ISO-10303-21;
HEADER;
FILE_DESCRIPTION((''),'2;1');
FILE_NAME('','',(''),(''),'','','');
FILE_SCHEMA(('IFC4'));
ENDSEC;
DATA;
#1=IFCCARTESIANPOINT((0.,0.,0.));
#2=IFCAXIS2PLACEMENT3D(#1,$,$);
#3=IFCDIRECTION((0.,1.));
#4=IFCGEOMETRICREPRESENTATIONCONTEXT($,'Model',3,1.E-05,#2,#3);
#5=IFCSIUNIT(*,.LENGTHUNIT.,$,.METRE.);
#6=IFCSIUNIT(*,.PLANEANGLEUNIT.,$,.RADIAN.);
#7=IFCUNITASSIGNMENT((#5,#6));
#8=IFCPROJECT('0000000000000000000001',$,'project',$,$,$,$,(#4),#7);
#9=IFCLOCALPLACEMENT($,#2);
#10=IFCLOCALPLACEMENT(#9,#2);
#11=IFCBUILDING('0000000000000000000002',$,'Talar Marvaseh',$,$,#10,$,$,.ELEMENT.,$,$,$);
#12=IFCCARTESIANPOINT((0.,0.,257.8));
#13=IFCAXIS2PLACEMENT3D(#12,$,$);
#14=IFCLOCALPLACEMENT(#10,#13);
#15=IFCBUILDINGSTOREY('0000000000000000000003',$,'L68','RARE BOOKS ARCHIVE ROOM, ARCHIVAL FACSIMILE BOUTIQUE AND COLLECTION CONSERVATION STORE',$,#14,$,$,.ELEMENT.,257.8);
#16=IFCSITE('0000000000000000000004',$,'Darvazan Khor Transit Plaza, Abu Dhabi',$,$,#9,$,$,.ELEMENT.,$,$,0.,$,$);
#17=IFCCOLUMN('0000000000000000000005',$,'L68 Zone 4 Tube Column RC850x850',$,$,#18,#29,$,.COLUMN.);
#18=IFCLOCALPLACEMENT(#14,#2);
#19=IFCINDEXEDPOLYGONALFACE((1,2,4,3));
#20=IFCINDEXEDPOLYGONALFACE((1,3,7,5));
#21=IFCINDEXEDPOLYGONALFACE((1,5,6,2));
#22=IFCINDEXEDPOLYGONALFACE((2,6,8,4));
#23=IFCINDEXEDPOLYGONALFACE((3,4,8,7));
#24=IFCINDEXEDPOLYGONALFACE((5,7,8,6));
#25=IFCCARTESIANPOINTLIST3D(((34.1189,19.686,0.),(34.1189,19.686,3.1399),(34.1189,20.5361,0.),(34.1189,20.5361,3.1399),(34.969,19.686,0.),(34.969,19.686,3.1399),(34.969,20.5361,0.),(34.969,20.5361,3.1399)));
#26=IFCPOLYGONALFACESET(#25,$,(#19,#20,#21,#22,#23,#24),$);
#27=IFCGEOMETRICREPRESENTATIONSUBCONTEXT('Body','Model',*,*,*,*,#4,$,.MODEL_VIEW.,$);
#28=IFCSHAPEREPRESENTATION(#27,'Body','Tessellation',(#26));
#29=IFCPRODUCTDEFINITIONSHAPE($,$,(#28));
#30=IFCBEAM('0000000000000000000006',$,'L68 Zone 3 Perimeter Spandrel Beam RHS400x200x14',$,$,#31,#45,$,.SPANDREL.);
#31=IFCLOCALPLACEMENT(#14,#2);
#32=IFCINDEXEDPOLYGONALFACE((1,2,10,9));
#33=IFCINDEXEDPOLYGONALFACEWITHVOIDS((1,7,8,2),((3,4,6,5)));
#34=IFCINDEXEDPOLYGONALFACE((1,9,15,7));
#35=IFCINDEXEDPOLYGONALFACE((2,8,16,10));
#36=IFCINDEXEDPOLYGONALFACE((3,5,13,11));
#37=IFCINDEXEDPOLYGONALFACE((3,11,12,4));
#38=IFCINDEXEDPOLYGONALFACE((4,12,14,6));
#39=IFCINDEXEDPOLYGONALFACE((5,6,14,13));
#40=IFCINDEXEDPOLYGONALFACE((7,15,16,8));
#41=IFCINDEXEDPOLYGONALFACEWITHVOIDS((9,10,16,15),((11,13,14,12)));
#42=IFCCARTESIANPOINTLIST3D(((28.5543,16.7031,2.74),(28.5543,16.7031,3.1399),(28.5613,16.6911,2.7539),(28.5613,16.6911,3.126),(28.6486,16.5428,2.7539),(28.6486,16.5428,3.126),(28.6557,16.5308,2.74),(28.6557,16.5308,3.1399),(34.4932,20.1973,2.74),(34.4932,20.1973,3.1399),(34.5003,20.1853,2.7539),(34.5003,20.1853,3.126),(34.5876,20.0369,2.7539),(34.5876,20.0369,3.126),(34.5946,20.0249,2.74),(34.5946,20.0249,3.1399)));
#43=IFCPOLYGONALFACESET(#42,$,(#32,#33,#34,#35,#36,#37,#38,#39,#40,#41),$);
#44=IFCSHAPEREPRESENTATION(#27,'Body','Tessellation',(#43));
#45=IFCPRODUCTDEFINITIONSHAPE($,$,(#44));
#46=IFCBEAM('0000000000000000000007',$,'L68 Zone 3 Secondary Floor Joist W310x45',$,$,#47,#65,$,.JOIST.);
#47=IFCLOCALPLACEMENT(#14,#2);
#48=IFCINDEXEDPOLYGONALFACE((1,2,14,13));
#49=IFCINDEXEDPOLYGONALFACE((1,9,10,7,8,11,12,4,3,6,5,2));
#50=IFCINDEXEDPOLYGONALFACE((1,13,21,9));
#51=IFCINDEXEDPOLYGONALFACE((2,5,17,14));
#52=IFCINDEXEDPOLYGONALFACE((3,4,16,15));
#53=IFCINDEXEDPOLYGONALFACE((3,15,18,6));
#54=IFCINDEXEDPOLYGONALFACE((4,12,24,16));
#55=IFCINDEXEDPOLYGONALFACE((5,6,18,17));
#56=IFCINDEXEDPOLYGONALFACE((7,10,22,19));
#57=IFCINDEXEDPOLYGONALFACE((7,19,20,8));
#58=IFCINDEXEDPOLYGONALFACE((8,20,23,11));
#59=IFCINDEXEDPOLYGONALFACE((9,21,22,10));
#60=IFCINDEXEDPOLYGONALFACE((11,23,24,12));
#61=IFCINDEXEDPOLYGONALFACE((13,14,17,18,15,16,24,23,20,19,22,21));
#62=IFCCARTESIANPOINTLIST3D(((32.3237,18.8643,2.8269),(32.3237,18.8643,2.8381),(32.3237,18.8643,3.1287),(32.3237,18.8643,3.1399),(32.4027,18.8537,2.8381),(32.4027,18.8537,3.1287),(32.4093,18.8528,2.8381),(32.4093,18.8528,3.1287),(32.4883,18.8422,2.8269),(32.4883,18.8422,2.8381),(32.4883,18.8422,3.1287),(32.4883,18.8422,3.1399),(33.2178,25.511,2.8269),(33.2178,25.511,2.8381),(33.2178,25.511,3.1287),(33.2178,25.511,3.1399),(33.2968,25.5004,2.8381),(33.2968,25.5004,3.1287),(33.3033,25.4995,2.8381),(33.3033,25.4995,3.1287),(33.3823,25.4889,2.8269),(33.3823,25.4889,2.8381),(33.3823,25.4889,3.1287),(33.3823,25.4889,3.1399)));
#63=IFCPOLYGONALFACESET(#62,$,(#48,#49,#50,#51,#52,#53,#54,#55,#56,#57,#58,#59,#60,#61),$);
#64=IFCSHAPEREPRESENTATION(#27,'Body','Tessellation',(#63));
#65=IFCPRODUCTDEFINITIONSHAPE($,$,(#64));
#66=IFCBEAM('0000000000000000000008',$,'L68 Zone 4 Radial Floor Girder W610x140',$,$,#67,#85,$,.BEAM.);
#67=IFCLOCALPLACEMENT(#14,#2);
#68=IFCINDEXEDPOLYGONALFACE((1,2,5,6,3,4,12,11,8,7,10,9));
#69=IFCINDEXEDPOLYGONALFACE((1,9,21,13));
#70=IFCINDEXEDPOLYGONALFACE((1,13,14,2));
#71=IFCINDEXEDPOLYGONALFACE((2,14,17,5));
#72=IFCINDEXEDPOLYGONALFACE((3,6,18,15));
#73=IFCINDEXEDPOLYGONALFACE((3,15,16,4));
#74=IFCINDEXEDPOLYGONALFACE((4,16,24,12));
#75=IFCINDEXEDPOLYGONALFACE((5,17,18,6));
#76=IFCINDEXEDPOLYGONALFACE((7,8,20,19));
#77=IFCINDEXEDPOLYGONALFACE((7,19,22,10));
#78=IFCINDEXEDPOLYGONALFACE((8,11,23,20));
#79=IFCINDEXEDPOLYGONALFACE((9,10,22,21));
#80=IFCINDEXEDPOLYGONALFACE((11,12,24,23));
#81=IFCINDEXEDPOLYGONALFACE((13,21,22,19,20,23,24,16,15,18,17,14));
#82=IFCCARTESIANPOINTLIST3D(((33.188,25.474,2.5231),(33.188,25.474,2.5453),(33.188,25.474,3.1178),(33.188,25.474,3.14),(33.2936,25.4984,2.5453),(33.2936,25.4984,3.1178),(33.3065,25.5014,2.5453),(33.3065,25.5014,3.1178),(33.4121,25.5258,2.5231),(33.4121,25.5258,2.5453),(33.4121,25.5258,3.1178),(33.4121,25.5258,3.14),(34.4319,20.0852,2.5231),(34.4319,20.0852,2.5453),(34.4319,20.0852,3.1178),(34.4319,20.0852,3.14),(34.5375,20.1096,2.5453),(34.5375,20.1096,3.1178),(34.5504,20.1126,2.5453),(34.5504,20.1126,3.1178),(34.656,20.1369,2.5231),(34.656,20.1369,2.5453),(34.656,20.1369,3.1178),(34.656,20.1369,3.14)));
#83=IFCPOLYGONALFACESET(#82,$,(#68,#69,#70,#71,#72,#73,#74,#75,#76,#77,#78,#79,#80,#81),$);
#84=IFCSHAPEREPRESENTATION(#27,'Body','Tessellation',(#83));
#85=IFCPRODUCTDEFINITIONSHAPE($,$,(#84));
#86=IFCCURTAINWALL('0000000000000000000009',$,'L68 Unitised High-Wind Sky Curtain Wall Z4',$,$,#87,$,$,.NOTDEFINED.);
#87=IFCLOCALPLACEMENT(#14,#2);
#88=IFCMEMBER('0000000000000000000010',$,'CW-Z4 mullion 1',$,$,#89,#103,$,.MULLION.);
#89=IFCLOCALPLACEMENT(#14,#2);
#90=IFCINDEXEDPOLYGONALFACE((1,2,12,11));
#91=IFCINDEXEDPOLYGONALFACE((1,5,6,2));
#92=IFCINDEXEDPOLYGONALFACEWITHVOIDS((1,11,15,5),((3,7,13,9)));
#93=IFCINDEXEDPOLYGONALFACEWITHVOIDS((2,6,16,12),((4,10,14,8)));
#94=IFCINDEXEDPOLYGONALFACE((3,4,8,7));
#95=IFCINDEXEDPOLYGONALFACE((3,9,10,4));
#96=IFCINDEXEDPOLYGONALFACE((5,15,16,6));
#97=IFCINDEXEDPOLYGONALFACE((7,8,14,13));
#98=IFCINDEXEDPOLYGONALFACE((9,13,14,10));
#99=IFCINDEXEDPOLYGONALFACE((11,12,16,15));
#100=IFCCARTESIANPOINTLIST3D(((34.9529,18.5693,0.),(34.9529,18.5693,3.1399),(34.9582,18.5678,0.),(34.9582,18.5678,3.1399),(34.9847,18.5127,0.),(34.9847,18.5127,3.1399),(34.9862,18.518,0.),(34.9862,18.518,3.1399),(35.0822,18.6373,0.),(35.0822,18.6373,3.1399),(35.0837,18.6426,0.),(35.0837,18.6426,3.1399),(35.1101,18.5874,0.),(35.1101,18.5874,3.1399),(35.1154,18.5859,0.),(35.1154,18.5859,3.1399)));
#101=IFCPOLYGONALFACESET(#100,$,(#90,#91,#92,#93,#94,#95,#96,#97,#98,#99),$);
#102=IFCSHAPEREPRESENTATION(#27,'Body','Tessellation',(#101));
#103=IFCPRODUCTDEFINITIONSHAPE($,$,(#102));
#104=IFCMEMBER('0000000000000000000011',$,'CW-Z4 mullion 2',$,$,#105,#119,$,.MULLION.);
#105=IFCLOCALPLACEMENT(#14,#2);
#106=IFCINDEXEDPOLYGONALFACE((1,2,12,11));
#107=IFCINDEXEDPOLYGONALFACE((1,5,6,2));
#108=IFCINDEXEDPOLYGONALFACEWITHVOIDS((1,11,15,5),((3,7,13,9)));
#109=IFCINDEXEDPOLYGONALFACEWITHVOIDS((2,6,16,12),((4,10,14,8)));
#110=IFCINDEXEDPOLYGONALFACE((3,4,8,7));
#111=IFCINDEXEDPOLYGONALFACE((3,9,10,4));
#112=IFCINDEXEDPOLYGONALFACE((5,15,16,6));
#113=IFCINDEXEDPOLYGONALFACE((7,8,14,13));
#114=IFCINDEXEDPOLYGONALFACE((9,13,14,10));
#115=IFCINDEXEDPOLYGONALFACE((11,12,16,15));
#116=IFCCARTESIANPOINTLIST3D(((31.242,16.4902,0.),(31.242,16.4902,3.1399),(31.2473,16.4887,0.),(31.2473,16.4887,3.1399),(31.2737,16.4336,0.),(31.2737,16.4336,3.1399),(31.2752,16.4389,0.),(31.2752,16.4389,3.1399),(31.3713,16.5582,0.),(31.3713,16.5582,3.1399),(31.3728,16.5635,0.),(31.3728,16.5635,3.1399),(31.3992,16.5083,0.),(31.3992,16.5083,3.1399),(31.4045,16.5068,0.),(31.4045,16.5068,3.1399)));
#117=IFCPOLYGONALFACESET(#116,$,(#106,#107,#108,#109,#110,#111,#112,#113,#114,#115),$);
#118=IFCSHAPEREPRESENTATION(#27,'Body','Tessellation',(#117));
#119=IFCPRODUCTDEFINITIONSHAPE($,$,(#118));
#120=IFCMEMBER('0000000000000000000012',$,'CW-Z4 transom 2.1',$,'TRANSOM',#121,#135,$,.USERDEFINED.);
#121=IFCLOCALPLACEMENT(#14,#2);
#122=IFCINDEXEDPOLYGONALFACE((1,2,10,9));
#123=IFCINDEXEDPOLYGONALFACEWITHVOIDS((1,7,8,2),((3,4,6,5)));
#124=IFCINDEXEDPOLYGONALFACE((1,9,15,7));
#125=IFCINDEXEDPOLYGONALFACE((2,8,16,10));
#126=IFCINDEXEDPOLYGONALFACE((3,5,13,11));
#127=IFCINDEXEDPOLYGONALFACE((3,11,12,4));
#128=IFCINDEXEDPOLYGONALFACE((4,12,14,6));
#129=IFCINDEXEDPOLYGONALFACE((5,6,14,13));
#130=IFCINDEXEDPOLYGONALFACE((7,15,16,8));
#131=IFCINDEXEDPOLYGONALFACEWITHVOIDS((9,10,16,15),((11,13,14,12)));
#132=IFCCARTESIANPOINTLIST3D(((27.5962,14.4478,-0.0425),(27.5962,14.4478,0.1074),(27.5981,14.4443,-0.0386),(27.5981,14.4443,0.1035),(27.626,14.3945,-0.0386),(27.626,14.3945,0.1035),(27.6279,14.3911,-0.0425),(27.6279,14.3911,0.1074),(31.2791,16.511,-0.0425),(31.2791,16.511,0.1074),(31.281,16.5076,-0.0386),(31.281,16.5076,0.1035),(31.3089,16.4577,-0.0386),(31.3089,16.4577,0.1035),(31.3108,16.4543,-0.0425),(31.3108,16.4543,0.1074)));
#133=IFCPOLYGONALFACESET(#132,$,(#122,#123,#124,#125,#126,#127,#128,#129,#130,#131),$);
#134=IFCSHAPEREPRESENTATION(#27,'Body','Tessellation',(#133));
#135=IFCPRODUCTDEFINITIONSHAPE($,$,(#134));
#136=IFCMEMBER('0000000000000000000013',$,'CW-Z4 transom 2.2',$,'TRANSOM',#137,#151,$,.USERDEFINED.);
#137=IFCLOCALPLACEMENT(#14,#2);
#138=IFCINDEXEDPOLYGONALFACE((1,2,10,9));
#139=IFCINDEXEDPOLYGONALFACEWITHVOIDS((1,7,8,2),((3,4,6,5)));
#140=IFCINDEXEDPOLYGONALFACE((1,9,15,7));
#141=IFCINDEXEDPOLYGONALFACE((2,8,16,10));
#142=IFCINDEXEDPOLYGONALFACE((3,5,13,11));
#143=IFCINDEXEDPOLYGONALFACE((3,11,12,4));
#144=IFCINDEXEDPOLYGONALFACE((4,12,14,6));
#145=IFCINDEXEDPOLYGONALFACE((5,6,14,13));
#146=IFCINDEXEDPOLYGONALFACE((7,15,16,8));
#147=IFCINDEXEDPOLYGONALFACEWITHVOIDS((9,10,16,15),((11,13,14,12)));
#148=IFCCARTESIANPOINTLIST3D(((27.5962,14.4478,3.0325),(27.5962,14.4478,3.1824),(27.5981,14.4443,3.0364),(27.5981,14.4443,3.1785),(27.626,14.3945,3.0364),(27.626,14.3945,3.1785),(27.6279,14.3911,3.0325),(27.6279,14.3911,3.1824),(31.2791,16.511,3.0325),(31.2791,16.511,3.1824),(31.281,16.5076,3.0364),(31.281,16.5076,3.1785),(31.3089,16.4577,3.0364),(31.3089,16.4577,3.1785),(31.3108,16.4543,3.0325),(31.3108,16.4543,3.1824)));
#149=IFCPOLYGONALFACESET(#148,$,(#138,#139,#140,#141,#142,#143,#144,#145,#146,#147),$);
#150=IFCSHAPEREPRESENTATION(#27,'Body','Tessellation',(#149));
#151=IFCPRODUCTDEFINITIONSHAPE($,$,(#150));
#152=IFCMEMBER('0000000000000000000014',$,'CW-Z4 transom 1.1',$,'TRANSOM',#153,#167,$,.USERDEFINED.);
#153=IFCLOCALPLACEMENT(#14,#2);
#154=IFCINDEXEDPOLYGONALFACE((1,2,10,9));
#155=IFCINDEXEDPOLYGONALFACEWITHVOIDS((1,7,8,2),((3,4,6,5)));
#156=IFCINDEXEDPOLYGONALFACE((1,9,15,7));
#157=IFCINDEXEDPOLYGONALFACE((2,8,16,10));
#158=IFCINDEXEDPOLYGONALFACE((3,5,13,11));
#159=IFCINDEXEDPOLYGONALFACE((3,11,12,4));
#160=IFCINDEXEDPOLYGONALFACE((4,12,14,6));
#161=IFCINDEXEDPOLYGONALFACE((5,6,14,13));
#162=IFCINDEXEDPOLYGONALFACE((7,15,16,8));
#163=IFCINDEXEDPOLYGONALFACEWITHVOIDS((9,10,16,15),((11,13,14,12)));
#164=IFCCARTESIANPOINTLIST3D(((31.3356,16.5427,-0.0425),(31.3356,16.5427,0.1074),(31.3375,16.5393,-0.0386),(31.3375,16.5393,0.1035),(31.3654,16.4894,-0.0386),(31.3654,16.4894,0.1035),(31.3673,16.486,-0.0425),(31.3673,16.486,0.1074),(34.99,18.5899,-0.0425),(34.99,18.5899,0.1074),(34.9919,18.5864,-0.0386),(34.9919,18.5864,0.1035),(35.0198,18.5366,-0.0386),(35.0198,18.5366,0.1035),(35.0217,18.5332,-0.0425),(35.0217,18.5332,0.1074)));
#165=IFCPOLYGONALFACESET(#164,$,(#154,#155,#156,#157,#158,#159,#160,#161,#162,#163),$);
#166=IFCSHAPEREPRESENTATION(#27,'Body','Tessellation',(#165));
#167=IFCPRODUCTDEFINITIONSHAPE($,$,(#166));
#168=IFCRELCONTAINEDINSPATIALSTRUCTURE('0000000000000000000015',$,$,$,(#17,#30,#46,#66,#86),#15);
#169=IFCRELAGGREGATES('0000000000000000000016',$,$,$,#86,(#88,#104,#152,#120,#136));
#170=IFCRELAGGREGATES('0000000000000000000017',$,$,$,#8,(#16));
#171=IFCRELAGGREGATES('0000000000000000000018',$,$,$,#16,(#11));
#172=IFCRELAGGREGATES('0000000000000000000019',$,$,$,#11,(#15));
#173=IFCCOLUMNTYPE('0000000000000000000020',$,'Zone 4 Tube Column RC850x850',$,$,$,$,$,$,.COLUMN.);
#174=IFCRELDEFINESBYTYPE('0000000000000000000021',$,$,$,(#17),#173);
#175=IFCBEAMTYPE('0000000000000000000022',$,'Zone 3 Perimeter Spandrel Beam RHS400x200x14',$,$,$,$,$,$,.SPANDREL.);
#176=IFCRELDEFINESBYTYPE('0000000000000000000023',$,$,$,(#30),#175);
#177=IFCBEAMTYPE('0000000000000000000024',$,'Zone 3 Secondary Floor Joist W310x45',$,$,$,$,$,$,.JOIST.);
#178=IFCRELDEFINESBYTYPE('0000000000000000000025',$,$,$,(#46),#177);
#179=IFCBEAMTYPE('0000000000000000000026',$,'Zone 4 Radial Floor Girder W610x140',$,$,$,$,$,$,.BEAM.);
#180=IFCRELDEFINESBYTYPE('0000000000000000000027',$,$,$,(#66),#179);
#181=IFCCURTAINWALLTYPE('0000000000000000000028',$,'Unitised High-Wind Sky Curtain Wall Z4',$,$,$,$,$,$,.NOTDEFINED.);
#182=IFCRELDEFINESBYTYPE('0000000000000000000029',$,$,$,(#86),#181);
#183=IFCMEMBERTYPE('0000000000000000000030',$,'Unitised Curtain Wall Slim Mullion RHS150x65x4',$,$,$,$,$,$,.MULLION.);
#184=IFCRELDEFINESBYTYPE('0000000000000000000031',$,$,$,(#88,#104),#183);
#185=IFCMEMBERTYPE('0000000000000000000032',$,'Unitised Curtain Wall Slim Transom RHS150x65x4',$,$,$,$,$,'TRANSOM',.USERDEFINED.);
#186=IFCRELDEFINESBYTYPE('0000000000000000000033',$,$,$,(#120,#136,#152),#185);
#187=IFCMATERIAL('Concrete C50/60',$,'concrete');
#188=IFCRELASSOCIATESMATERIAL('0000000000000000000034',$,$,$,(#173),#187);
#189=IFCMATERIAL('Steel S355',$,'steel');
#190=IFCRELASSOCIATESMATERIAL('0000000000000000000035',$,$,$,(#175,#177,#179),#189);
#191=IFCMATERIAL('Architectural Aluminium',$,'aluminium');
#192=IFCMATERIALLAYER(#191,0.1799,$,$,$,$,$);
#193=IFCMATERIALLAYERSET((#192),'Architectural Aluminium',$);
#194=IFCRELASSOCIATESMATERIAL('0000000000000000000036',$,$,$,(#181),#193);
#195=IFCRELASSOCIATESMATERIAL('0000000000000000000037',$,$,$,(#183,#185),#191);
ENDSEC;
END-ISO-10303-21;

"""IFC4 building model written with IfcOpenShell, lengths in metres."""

from ifc_helpers import new_model, si_unit, direction, frame, origin, origin_2d, place, context, subcontext, project, spatial, rectangle, hollow_rectangle, i_section, extrude, source, transform, mapped, material, layer, layer_set, material_profile, profile_set, type_object, type_shapes, element, aggregate, save


model = new_model("IFC4")

# Units and contexts
model_context = context("Model", 3, precision=1e-05, world=origin(), true_north=direction((0.0, 1.0)))
body_context = subcontext(model_context, "Body", "Model", "MODEL_VIEW")
ifc_project = project(units=[si_unit("LENGTHUNIT", "METRE"), si_unit("PLANEANGLEUNIT", "RADIAN")], contexts=[model_context])

# Site, building, storey
site_placement = place(None, origin())
site = spatial("IfcSite", under=ifc_project, at=site_placement, Name="Darvazan Khor Transit Plaza, Abu Dhabi", CompositionType="ELEMENT", RefElevation=0.0)
building_placement = place(site_placement, origin())
building = spatial("IfcBuilding", under=site, at=building_placement, Name="Talar Marvaseh", CompositionType="ELEMENT")
storey_placement = place(building_placement, frame((0.0, 0.0, 257.8)))
storey = spatial("IfcBuildingStorey", under=building, at=storey_placement, Name="L68", Description="RARE BOOKS ARCHIVE ROOM, ARCHIVAL FACSIMILE BOUTIQUE AND COLLECTION CONSERVATION STORE", CompositionType="ELEMENT", Elevation=257.8)

# Column
ifc_material_1 = material(Name="Concrete C50/60", Category="concrete")
ifc_material_profile_1 = material_profile(ifc_material_1, rectangle(XDim=0.8501, YDim=0.8501, at=origin_2d()), Name="RC850x850")
ifc_profile_set_1 = profile_set([ifc_material_profile_1], Name="Concrete C50/60")
column_type = type_object("IfcColumnType", Name="Zone 4 Tube Column RC850x850", PredefinedType="COLUMN", material=ifc_profile_set_1)
column_placement = place(storey_placement, frame((34.5439, 20.1111, 0.0), z_axis=(0.0, 0.0, 1.0), x_axis=(1.0, 0.0, 0.0)))
element("IfcColumn", 1, at=column_placement, inside=storey, type_object=column_type, Name="L68 Zone 4 Tube Column RC850x850", PredefinedType="COLUMN", context=body_context, shape_type="SweptSolid", body=[
    extrude(rectangle(XDim=0.8501, YDim=0.8501, at=origin_2d()), origin(), (0.0, 0.0, 1.0), 3.1399),
])

# Beams
ifc_material_2 = material(Name="Steel S355", Category="steel")
ifc_material_profile_2 = material_profile(ifc_material_2, hollow_rectangle(XDim=0.2, YDim=0.3999, WallThickness=0.0139, at=origin_2d()), Name="RHS400x200x14")
ifc_profile_set_2 = profile_set([ifc_material_profile_2], Name="Steel S355")
beam_type_1 = type_object("IfcBeamType", Name="Zone 3 Perimeter Spandrel Beam RHS400x200x14", PredefinedType="SPANDREL", material=ifc_profile_set_2)
beam_1_placement = place(storey_placement, frame((34.5439, 20.1111, 2.9399), z_axis=(-0.861894, -0.507088, 0.0), x_axis=(0.507088, -0.861894, 0.0)))
element("IfcBeam", 2, at=beam_1_placement, inside=storey, type_object=beam_type_1, Name="L68 Zone 3 Perimeter Spandrel Beam RHS400x200x14", PredefinedType="SPANDREL", context=body_context, shape_type="SweptSolid", body=[
    extrude(hollow_rectangle(XDim=0.2, YDim=0.3999, WallThickness=0.0139, at=origin_2d()), origin(), (0.0, 0.0, 1.0), 6.8906),
])
ifc_material_profile_3 = material_profile(ifc_material_2, i_section(OverallWidth=0.166, OverallDepth=0.313, WebThickness=0.0066, FlangeThickness=0.0112, at=origin_2d()), Name="W310x45")
ifc_profile_set_3 = profile_set([ifc_material_profile_3], Name="Steel S355")
beam_type_2 = type_object("IfcBeamType", Name="Zone 3 Secondary Floor Joist W310x45", PredefinedType="JOIST", material=ifc_profile_set_3)
beam_2_placement = place(storey_placement, frame((32.406, 18.8533, 2.9834), z_axis=(0.133308, 0.991075, 0.0), x_axis=(-0.991075, 0.133308, 0.0)))
element("IfcBeam", 3, at=beam_2_placement, inside=storey, type_object=beam_type_2, Name="L68 Zone 3 Secondary Floor Joist W310x45", PredefinedType="JOIST", context=body_context, shape_type="SweptSolid", body=[
    extrude(i_section(OverallWidth=0.166, OverallDepth=0.313, WebThickness=0.0066, FlangeThickness=0.0112, at=origin_2d()), origin(), (0.0, 0.0, 1.0), 6.7065),
])
ifc_material_profile_4 = material_profile(ifc_material_2, i_section(OverallWidth=0.23, OverallDepth=0.6169, WebThickness=0.0132, FlangeThickness=0.0222, at=origin_2d()), Name="W610x140")
ifc_profile_set_4 = profile_set([ifc_material_profile_4], Name="Steel S355")
beam_type_3 = type_object("IfcBeamType", Name="Zone 4 Radial Floor Girder W610x140", PredefinedType="BEAM", material=ifc_profile_set_4)
beam_3_placement = place(storey_placement, frame((34.5439, 20.1111, 2.8315), z_axis=(-0.224911, 0.974379, 0.0), x_axis=(-0.974379, -0.224911, 0.0)))
element("IfcBeam", 4, at=beam_3_placement, inside=storey, type_object=beam_type_3, Name="L68 Zone 4 Radial Floor Girder W610x140", PredefinedType="BEAM", context=body_context, shape_type="SweptSolid", body=[
    extrude(i_section(OverallWidth=0.23, OverallDepth=0.6169, WebThickness=0.0132, FlangeThickness=0.0222, at=origin_2d()), origin(), (0.0, 0.0, 1.0), 5.5305),
])

# Curtain wall, members
ifc_material_3 = material(Name="Architectural Aluminium", Category="aluminium")
ifc_layer_1 = layer(ifc_material_3, 0.1799)
ifc_layer_set_1 = layer_set([ifc_layer_1], Name="Architectural Aluminium")
curtain_wall_type = type_object("IfcCurtainWallType", Name="Unitised High-Wind Sky Curtain Wall Z4", PredefinedType="NOTDEFINED", material=ifc_layer_set_1)
curtain_wall_placement = place(storey_placement, origin())
curtain_wall = element("IfcCurtainWall", 5, at=curtain_wall_placement, inside=storey, type_object=curtain_wall_type, Name="L68 Unitised High-Wind Sky Curtain Wall Z4", PredefinedType="NOTDEFINED")
ifc_material_profile_5 = material_profile(ifc_material_3, hollow_rectangle(XDim=0.0649, YDim=0.1499, WallThickness=0.0039, at=origin_2d()), Name="RHS150x65x4")
ifc_profile_set_5 = profile_set([ifc_material_profile_5], Name="Architectural Aluminium")
member_type_1 = type_object("IfcMemberType", Name="Unitised Curtain Wall Slim Mullion RHS150x65x4", PredefinedType="MULLION", material=ifc_profile_set_5)
shared_shape_1 = source(origin(), body_context, "Body", "SweptSolid", [
    extrude(hollow_rectangle(XDim=0.0649, YDim=0.1499, WallThickness=0.0039, at=origin_2d()), origin(), (0.0, 0.0, 1.0), 3.1399),
])
type_shapes(member_type_1, [shared_shape_1])
member_1_placement = place(storey_placement, frame((35.0342, 18.5776, 0.0), z_axis=(0.0, 0.0, 1.0), x_axis=(0.488754, -0.872422, 0.0)))
member_1 = element("IfcMember", 6, at=member_1_placement, type_object=member_type_1, Name="CW-Z4 mullion 1", PredefinedType="MULLION", context=body_context, shape_type="MappedRepresentation", body=[
    mapped(shared_shape_1, transform((0.0, 0.0, 0.0), x_axis=(1.0, 0.0, 0.0), y_axis=(0.0, 1.0, 0.0), z_axis=(0.0, 0.0, 1.0), scale=1.0)),
])
member_2_placement = place(storey_placement, frame((31.3232, 16.4985, 0.0), z_axis=(0.0, 0.0, 1.0), x_axis=(0.488754, -0.872422, 0.0)))
member_2 = element("IfcMember", 7, at=member_2_placement, type_object=member_type_1, Name="CW-Z4 mullion 2", PredefinedType="MULLION", context=body_context, shape_type="MappedRepresentation", body=[
    mapped(shared_shape_1, transform((0.0, 0.0, 0.0), x_axis=(1.0, 0.0, 0.0), y_axis=(0.0, 1.0, 0.0), z_axis=(0.0, 0.0, 1.0), scale=1.0)),
])
ifc_material_profile_6 = material_profile(ifc_material_3, hollow_rectangle(XDim=0.0649, YDim=0.1499, WallThickness=0.0039, at=origin_2d()), Name="RHS150x65x4")
ifc_profile_set_6 = profile_set([ifc_material_profile_6], Name="Architectural Aluminium")
member_type_2 = type_object("IfcMemberType", Name="Unitised Curtain Wall Slim Transom RHS150x65x4", ElementType="TRANSOM", PredefinedType="USERDEFINED", material=ifc_profile_set_6)
shared_shape_2 = source(origin(), body_context, "Body", "SweptSolid", [
    extrude(hollow_rectangle(XDim=0.0649, YDim=0.1499, WallThickness=0.0039, at=origin_2d()), origin(), (0.0, 0.0, 1.0), 4.2214),
])
member_3_placement = place(storey_placement, frame((31.2949, 16.4827, 0.0325), z_axis=(-0.872422, -0.488753, 0.0), x_axis=(0.488753, -0.872422, 0.0)))
member_3 = element("IfcMember", 8, at=member_3_placement, type_object=member_type_2, Name="CW-Z4 transom 2.1", ObjectType="TRANSOM", PredefinedType="USERDEFINED", context=body_context, shape_type="MappedRepresentation", body=[
    mapped(shared_shape_2, transform((0.0, 0.0, 0.0), x_axis=(1.0, 0.0, 0.0), y_axis=(0.0, 1.0, 0.0), z_axis=(0.0, 0.0, 1.0), scale=1.0)),
])
member_4_placement = place(storey_placement, frame((31.2949, 16.4827, 3.1074), z_axis=(-0.872422, -0.488753, 0.0), x_axis=(0.488753, -0.872422, 0.0)))
member_4 = element("IfcMember", 9, at=member_4_placement, type_object=member_type_2, Name="CW-Z4 transom 2.2", ObjectType="TRANSOM", PredefinedType="USERDEFINED", context=body_context, shape_type="MappedRepresentation", body=[
    mapped(shared_shape_2, transform((0.0, 0.0, 0.0), x_axis=(1.0, 0.0, 0.0), y_axis=(0.0, 1.0, 0.0), z_axis=(0.0, 0.0, 1.0), scale=1.0)),
])
shared_shape_3 = source(origin(), body_context, "Body", "SweptSolid", [
    extrude(hollow_rectangle(XDim=0.0649, YDim=0.1499, WallThickness=0.0039, at=origin_2d()), origin(), (0.0, 0.0, 1.0), 4.1887),
])
type_shapes(member_type_2, [shared_shape_2, shared_shape_3])
member_5_placement = place(storey_placement, frame((35.0059, 18.5615, 0.0325), z_axis=(-0.872433, -0.488733, 0.0), x_axis=(0.488733, -0.872433, 0.0)))
member_5 = element("IfcMember", 10, at=member_5_placement, type_object=member_type_2, Name="CW-Z4 transom 1.1", ObjectType="TRANSOM", PredefinedType="USERDEFINED", context=body_context, shape_type="MappedRepresentation", body=[
    mapped(shared_shape_3, transform((0.0, 0.0, 0.0), x_axis=(1.0, 0.0, 0.0), y_axis=(0.0, 1.0, 0.0), z_axis=(0.0, 0.0, 1.0), scale=1.0)),
])
aggregate(curtain_wall, [member_1, member_2, member_5, member_3, member_4])

save(model, "model.ifc")
